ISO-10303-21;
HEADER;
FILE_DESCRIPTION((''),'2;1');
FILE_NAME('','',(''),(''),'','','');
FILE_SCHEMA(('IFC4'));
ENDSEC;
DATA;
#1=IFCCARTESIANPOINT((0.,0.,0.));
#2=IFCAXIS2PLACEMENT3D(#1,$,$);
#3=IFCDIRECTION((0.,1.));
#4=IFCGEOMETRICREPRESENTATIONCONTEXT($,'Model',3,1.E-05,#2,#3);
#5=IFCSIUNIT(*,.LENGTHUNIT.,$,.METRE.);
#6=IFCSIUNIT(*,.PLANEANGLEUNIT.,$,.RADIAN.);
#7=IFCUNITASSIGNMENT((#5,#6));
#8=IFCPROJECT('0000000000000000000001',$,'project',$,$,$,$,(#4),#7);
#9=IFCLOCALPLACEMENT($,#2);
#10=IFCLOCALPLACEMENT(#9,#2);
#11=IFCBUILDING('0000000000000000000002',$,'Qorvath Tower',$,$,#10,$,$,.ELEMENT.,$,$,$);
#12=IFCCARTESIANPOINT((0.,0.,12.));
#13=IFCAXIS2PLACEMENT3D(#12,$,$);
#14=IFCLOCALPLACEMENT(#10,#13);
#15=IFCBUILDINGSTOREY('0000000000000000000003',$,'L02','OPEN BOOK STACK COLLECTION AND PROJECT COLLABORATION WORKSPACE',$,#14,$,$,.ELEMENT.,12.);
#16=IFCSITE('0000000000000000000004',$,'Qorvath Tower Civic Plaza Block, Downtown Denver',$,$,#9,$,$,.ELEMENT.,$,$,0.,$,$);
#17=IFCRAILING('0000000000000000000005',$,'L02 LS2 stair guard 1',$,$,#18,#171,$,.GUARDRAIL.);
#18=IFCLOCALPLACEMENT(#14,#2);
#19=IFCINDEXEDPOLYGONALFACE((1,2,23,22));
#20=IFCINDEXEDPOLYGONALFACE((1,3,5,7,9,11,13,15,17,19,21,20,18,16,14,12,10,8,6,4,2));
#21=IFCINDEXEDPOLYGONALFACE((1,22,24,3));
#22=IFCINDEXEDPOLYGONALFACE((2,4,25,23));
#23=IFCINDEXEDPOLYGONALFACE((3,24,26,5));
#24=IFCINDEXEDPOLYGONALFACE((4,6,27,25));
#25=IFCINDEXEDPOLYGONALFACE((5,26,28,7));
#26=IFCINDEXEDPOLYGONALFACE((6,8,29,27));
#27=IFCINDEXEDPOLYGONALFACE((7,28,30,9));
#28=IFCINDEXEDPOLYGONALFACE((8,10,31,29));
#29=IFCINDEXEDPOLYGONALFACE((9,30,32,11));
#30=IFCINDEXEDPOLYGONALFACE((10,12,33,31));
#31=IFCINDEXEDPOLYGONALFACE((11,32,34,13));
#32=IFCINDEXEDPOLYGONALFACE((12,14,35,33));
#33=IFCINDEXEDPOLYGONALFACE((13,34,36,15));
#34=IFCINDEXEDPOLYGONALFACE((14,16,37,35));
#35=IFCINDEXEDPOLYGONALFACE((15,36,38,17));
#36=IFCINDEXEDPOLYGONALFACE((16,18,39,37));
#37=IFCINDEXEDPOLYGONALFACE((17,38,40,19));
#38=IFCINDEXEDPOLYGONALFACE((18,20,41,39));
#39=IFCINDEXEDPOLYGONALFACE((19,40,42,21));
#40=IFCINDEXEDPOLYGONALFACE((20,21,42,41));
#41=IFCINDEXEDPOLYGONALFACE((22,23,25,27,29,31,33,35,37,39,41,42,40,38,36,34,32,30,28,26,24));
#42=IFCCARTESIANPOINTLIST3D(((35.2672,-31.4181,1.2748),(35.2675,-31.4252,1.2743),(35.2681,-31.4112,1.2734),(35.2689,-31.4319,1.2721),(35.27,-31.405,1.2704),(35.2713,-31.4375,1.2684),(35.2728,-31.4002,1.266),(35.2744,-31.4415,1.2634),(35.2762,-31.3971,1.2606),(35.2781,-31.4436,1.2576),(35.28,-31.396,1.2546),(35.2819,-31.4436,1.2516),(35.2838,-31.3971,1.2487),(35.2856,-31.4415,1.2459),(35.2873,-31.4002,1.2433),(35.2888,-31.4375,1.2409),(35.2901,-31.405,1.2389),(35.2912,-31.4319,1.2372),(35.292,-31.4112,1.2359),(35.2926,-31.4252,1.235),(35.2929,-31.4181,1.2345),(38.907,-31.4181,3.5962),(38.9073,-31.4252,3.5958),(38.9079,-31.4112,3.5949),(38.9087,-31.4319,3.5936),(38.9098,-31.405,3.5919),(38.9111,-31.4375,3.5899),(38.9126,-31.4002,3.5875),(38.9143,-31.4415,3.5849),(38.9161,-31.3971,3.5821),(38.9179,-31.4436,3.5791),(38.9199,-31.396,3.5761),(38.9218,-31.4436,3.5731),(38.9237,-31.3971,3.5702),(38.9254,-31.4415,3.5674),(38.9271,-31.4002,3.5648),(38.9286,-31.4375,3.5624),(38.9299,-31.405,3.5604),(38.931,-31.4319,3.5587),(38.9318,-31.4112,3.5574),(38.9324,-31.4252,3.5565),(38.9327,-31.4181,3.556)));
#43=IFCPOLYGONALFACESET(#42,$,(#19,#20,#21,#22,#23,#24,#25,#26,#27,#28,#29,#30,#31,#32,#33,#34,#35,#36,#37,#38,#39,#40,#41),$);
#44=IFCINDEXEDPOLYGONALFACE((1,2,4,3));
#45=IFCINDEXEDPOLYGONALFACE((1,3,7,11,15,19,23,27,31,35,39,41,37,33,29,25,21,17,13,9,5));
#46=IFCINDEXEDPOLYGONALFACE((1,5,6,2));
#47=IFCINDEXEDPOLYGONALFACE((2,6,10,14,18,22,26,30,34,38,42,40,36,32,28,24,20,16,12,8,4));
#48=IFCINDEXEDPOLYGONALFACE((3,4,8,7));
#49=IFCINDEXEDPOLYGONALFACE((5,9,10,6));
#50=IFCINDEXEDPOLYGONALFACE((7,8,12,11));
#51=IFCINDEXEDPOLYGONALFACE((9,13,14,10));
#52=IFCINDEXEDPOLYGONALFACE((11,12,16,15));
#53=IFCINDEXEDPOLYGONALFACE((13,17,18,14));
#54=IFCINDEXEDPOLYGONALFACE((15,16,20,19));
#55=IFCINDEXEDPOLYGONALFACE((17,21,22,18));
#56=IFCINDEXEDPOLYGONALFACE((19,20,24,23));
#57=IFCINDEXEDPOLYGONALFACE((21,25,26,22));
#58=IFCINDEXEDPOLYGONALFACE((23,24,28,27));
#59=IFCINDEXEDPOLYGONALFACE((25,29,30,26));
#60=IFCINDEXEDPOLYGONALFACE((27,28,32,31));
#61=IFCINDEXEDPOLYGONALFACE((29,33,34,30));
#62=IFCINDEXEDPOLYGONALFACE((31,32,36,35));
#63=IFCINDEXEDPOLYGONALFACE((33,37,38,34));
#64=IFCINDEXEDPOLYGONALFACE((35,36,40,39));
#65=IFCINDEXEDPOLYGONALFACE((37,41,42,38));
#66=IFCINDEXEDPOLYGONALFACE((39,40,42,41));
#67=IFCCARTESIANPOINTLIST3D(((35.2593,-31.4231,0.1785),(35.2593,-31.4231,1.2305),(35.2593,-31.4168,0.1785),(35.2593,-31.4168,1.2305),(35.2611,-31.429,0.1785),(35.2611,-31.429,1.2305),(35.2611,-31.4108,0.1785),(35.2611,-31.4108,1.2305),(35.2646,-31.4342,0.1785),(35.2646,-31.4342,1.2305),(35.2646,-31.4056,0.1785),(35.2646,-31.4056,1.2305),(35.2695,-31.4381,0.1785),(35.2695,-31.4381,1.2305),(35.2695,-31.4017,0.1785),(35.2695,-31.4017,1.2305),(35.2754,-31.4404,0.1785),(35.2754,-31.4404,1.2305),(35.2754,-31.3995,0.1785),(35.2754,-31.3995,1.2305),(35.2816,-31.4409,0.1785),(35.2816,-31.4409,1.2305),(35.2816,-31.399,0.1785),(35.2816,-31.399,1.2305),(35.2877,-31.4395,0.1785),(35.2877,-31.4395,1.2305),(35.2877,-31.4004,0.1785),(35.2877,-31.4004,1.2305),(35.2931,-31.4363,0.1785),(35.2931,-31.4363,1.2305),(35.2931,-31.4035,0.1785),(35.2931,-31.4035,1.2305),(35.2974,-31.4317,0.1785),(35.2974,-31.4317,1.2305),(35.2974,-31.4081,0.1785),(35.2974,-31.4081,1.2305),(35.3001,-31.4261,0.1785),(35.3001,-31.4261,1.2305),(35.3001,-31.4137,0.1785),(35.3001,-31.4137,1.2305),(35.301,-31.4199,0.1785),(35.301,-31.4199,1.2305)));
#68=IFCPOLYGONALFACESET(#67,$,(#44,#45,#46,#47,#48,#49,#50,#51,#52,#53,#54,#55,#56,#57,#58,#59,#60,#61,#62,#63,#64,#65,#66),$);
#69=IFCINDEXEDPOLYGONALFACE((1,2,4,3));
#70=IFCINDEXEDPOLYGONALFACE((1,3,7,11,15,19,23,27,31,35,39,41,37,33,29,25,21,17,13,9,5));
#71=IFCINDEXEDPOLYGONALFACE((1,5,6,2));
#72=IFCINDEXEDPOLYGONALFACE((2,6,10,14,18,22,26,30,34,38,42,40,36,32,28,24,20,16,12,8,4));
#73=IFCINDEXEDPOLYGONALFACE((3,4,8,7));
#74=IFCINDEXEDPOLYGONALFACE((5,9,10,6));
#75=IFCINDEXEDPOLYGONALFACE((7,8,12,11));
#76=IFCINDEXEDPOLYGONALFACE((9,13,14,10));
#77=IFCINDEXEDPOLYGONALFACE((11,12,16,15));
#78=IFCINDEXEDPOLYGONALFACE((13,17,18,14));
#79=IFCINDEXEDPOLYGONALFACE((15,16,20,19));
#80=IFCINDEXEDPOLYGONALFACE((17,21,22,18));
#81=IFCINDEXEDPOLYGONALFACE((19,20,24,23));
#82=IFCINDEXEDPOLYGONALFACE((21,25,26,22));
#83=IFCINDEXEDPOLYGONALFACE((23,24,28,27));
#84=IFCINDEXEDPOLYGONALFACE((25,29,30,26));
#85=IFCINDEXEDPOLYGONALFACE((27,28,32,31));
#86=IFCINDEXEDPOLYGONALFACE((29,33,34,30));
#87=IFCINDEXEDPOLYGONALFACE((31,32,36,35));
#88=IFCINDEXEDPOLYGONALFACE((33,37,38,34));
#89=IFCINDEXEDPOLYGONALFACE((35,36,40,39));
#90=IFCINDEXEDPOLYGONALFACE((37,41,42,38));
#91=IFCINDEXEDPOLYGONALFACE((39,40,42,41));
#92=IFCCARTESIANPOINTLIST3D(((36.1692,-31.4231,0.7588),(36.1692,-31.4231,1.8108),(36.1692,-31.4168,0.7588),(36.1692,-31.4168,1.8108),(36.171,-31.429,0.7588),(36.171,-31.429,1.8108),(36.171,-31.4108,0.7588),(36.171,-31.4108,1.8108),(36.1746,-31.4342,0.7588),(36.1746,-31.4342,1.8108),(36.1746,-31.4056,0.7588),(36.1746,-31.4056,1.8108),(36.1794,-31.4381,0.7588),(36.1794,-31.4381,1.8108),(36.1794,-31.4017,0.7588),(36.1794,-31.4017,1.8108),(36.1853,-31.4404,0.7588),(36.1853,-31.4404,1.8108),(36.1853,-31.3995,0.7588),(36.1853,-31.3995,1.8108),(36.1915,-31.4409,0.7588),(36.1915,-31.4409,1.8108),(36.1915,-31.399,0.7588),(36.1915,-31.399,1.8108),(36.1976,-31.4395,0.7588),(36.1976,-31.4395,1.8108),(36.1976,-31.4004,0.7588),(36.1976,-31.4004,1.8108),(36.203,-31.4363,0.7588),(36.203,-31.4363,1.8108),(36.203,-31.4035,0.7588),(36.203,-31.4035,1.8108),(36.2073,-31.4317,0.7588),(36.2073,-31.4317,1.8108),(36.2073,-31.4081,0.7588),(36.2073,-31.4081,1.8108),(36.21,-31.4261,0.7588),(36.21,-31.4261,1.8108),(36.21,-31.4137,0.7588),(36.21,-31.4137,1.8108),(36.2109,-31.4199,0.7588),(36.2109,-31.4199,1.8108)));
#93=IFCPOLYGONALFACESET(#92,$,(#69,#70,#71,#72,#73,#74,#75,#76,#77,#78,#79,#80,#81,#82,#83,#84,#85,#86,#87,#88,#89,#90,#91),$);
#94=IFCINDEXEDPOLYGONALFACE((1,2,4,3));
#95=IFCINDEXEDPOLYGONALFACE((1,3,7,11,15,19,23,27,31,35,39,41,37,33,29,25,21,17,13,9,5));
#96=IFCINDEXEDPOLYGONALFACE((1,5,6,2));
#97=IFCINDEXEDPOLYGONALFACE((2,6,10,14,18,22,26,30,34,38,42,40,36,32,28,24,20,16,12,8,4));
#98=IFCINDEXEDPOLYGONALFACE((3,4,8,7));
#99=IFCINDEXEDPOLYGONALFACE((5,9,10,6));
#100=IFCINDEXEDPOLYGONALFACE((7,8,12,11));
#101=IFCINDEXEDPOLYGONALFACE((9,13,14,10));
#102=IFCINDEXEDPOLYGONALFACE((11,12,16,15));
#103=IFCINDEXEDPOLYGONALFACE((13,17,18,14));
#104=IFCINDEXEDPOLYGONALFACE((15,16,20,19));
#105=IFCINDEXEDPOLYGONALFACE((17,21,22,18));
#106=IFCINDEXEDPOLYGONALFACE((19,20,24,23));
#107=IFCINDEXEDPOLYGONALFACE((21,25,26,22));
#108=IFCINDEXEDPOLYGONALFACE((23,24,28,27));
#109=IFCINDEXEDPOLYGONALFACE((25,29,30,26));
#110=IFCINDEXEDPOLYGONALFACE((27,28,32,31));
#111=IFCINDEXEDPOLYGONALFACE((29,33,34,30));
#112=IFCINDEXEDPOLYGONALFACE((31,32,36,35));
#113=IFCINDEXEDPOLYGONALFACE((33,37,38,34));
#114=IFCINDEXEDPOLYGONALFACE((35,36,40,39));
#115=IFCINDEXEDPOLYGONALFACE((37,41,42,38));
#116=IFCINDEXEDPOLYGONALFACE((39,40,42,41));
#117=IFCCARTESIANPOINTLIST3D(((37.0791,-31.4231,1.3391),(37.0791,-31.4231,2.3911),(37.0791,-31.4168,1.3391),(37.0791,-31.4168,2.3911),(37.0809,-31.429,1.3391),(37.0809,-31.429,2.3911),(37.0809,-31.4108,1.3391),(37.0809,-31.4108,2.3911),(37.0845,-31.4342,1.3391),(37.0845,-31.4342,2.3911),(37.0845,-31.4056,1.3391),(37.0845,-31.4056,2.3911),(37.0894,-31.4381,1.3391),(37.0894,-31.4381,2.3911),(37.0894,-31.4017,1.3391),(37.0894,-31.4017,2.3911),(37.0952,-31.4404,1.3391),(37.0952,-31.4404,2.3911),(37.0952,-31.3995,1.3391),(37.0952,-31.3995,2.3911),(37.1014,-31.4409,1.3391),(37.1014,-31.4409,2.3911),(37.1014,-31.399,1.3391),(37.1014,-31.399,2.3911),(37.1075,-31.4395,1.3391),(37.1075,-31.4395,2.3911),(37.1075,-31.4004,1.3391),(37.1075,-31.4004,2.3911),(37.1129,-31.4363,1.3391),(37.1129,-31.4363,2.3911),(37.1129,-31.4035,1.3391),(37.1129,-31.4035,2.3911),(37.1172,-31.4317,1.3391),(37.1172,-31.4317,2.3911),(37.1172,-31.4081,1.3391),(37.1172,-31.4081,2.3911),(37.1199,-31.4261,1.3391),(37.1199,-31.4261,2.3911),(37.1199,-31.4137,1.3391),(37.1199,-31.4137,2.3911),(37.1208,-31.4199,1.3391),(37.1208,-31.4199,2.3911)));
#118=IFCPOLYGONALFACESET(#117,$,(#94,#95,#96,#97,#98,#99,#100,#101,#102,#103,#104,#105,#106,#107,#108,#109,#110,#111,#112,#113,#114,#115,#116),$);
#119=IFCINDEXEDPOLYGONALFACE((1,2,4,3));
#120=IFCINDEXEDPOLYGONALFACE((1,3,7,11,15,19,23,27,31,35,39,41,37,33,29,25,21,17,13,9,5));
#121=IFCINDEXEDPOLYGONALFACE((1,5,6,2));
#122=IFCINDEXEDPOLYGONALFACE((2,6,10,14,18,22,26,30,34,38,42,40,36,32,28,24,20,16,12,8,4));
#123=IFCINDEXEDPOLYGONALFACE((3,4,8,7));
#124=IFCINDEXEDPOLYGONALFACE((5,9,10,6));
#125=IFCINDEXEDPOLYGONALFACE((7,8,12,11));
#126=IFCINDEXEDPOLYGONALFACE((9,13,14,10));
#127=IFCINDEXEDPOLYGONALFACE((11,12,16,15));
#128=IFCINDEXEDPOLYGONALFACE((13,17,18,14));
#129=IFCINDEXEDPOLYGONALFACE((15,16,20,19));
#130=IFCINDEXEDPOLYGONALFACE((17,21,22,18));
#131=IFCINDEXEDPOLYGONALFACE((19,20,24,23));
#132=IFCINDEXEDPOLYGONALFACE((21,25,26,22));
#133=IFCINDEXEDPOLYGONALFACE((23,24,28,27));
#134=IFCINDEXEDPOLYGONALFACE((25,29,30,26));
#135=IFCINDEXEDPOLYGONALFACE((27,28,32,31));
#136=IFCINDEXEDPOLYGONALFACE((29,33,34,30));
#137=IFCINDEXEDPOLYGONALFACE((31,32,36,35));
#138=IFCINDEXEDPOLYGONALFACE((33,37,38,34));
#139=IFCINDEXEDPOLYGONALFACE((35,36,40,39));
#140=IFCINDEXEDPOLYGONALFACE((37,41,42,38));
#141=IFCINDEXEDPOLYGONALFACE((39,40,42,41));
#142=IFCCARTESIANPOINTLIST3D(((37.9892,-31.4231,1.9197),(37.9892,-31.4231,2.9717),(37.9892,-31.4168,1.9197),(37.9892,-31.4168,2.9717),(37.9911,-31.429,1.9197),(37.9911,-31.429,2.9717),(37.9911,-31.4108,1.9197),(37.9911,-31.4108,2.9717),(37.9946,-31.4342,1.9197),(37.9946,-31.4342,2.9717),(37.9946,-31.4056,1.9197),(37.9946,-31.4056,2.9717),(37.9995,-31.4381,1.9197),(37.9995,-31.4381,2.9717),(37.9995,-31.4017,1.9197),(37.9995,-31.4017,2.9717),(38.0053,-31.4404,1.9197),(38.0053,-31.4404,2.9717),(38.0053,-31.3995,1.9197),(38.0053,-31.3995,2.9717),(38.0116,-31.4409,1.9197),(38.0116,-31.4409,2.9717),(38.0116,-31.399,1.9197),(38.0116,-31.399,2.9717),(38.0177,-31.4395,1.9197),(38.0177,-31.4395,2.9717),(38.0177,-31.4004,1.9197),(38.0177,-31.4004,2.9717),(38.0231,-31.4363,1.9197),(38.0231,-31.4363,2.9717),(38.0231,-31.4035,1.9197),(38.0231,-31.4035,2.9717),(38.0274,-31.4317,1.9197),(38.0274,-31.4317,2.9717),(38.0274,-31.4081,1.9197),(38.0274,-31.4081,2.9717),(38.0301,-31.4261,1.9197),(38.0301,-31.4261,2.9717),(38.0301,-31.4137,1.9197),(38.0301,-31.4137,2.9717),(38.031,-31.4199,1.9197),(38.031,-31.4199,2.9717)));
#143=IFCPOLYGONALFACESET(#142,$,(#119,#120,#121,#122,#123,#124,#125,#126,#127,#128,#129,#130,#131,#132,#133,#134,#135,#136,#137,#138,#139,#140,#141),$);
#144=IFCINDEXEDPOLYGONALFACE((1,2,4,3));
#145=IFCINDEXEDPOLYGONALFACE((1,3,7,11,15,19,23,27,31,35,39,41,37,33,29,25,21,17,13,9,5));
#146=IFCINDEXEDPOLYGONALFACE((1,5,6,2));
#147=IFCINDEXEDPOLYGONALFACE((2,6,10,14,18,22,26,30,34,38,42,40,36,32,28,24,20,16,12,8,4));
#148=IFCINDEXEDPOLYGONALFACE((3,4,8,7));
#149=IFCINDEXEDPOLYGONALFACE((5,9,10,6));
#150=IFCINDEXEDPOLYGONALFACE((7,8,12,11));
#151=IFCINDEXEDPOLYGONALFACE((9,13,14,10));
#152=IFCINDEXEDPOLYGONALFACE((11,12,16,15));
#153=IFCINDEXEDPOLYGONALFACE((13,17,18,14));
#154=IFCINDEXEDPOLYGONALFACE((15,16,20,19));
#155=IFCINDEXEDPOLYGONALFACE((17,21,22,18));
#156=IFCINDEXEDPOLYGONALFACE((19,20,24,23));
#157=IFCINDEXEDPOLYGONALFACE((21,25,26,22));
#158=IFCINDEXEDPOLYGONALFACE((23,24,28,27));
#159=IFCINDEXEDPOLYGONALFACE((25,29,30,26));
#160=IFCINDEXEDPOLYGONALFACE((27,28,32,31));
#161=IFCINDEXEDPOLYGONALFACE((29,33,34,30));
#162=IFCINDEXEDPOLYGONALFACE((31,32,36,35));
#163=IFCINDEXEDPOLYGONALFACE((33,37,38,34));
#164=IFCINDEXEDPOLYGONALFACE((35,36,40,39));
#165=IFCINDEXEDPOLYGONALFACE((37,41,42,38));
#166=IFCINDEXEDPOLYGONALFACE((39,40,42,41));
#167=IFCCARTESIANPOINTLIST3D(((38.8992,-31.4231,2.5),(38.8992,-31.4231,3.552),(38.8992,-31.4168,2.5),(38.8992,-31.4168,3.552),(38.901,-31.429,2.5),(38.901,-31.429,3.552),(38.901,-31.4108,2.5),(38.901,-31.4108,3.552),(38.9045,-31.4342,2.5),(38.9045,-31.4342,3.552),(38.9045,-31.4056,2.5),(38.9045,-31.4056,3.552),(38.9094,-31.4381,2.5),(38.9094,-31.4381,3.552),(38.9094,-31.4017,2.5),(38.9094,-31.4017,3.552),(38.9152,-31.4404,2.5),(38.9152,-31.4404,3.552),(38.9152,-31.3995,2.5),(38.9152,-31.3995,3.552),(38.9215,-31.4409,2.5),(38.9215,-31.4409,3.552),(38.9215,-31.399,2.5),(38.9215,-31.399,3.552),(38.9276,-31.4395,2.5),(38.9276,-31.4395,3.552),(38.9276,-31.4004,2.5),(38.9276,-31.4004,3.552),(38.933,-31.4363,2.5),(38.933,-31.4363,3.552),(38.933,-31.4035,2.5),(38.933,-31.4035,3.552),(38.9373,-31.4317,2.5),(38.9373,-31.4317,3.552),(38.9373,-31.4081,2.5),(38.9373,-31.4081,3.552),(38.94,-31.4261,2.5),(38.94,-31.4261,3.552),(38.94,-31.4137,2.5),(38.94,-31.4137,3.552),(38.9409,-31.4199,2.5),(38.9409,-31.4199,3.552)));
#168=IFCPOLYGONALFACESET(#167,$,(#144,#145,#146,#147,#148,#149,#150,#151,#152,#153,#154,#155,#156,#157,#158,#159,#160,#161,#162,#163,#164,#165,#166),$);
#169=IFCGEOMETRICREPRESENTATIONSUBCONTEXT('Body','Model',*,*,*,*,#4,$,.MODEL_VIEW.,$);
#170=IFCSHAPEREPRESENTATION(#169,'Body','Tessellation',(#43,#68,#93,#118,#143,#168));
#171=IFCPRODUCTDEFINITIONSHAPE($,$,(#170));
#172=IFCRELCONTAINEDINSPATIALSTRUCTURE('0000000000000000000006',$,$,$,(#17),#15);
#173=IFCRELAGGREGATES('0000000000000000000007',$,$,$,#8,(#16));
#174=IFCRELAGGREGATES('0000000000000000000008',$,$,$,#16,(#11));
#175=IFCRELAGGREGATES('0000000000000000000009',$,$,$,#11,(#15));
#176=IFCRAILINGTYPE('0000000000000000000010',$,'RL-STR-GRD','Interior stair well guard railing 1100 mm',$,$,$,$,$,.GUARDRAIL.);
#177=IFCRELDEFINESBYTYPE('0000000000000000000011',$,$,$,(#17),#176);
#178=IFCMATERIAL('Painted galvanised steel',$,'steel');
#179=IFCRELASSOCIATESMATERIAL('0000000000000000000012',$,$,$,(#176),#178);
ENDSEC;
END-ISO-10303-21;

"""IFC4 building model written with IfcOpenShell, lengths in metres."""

from ifc_helpers import new_model, si_unit, direction, frame, origin, origin_2d, place, context, subcontext, project, spatial, circle, extrude, material, type_object, element, save


model = new_model("IFC4")

# Units and contexts
model_context = context("Model", 3, precision=1e-05, world=origin(), true_north=direction((0.0, 1.0)))
body_context = subcontext(model_context, "Body", "Model", "MODEL_VIEW")
ifc_project = project(units=[si_unit("LENGTHUNIT", "METRE"), si_unit("PLANEANGLEUNIT", "RADIAN")], contexts=[model_context])

# Site, building, storey
site_placement = place(None, origin())
site = spatial("IfcSite", under=ifc_project, at=site_placement, Name="Qorvath Tower Civic Plaza Block, Downtown Denver", CompositionType="ELEMENT", RefElevation=0.0)
building_placement = place(site_placement, origin())
building = spatial("IfcBuilding", under=site, at=building_placement, Name="Qorvath Tower", CompositionType="ELEMENT")
storey_placement = place(building_placement, frame((0.0, 0.0, 12.0)))
storey = spatial("IfcBuildingStorey", under=building, at=storey_placement, Name="L02", Description="OPEN BOOK STACK COLLECTION AND PROJECT COLLABORATION WORKSPACE", CompositionType="ELEMENT", Elevation=12.0)

# Railing
ifc_material_1 = material(Name="Painted galvanised steel", Category="steel")
railing_type_1 = type_object("IfcRailingType", Name="RL-STR-GRD", Description="Interior stair well guard railing 1100 mm", PredefinedType="GUARDRAIL", material=ifc_material_1)
railing_1_placement = place(storey_placement, frame((35.28, -31.4199, 0.1785)))
element("IfcRailing", 1, at=railing_1_placement, inside=storey, type_object=railing_type_1, Name="L02 LS2 stair guard 1", PredefinedType="GUARDRAIL", context=body_context, shape_type="SweptSolid", body=[
    extrude(circle(Radius=0.0239, at=origin_2d()), frame((0.0, 0.0, 1.0762), z_axis=(0.843112, 0.0, 0.537739), x_axis=(0.0, 1.0, 0.0)), (0.0, 0.0, 1.0), 4.3171),
    extrude(circle(Radius=0.021, at=origin_2d()), origin(), (0.0, 0.0, 1.0), 1.052),
    extrude(circle(Radius=0.021, at=origin_2d()), frame((0.9099, 0.0, 0.5803)), (0.0, 0.0, 1.0), 1.052),
    extrude(circle(Radius=0.021, at=origin_2d()), frame((1.8198, 0.0, 1.1606)), (0.0, 0.0, 1.0), 1.052),
    extrude(circle(Radius=0.021, at=origin_2d()), frame((2.73, 0.0, 1.7412)), (0.0, 0.0, 1.0), 1.052),
    extrude(circle(Radius=0.021, at=origin_2d()), frame((3.6399, 0.0, 2.3215)), (0.0, 0.0, 1.0), 1.052),
])

save(model, "model.ifc")
